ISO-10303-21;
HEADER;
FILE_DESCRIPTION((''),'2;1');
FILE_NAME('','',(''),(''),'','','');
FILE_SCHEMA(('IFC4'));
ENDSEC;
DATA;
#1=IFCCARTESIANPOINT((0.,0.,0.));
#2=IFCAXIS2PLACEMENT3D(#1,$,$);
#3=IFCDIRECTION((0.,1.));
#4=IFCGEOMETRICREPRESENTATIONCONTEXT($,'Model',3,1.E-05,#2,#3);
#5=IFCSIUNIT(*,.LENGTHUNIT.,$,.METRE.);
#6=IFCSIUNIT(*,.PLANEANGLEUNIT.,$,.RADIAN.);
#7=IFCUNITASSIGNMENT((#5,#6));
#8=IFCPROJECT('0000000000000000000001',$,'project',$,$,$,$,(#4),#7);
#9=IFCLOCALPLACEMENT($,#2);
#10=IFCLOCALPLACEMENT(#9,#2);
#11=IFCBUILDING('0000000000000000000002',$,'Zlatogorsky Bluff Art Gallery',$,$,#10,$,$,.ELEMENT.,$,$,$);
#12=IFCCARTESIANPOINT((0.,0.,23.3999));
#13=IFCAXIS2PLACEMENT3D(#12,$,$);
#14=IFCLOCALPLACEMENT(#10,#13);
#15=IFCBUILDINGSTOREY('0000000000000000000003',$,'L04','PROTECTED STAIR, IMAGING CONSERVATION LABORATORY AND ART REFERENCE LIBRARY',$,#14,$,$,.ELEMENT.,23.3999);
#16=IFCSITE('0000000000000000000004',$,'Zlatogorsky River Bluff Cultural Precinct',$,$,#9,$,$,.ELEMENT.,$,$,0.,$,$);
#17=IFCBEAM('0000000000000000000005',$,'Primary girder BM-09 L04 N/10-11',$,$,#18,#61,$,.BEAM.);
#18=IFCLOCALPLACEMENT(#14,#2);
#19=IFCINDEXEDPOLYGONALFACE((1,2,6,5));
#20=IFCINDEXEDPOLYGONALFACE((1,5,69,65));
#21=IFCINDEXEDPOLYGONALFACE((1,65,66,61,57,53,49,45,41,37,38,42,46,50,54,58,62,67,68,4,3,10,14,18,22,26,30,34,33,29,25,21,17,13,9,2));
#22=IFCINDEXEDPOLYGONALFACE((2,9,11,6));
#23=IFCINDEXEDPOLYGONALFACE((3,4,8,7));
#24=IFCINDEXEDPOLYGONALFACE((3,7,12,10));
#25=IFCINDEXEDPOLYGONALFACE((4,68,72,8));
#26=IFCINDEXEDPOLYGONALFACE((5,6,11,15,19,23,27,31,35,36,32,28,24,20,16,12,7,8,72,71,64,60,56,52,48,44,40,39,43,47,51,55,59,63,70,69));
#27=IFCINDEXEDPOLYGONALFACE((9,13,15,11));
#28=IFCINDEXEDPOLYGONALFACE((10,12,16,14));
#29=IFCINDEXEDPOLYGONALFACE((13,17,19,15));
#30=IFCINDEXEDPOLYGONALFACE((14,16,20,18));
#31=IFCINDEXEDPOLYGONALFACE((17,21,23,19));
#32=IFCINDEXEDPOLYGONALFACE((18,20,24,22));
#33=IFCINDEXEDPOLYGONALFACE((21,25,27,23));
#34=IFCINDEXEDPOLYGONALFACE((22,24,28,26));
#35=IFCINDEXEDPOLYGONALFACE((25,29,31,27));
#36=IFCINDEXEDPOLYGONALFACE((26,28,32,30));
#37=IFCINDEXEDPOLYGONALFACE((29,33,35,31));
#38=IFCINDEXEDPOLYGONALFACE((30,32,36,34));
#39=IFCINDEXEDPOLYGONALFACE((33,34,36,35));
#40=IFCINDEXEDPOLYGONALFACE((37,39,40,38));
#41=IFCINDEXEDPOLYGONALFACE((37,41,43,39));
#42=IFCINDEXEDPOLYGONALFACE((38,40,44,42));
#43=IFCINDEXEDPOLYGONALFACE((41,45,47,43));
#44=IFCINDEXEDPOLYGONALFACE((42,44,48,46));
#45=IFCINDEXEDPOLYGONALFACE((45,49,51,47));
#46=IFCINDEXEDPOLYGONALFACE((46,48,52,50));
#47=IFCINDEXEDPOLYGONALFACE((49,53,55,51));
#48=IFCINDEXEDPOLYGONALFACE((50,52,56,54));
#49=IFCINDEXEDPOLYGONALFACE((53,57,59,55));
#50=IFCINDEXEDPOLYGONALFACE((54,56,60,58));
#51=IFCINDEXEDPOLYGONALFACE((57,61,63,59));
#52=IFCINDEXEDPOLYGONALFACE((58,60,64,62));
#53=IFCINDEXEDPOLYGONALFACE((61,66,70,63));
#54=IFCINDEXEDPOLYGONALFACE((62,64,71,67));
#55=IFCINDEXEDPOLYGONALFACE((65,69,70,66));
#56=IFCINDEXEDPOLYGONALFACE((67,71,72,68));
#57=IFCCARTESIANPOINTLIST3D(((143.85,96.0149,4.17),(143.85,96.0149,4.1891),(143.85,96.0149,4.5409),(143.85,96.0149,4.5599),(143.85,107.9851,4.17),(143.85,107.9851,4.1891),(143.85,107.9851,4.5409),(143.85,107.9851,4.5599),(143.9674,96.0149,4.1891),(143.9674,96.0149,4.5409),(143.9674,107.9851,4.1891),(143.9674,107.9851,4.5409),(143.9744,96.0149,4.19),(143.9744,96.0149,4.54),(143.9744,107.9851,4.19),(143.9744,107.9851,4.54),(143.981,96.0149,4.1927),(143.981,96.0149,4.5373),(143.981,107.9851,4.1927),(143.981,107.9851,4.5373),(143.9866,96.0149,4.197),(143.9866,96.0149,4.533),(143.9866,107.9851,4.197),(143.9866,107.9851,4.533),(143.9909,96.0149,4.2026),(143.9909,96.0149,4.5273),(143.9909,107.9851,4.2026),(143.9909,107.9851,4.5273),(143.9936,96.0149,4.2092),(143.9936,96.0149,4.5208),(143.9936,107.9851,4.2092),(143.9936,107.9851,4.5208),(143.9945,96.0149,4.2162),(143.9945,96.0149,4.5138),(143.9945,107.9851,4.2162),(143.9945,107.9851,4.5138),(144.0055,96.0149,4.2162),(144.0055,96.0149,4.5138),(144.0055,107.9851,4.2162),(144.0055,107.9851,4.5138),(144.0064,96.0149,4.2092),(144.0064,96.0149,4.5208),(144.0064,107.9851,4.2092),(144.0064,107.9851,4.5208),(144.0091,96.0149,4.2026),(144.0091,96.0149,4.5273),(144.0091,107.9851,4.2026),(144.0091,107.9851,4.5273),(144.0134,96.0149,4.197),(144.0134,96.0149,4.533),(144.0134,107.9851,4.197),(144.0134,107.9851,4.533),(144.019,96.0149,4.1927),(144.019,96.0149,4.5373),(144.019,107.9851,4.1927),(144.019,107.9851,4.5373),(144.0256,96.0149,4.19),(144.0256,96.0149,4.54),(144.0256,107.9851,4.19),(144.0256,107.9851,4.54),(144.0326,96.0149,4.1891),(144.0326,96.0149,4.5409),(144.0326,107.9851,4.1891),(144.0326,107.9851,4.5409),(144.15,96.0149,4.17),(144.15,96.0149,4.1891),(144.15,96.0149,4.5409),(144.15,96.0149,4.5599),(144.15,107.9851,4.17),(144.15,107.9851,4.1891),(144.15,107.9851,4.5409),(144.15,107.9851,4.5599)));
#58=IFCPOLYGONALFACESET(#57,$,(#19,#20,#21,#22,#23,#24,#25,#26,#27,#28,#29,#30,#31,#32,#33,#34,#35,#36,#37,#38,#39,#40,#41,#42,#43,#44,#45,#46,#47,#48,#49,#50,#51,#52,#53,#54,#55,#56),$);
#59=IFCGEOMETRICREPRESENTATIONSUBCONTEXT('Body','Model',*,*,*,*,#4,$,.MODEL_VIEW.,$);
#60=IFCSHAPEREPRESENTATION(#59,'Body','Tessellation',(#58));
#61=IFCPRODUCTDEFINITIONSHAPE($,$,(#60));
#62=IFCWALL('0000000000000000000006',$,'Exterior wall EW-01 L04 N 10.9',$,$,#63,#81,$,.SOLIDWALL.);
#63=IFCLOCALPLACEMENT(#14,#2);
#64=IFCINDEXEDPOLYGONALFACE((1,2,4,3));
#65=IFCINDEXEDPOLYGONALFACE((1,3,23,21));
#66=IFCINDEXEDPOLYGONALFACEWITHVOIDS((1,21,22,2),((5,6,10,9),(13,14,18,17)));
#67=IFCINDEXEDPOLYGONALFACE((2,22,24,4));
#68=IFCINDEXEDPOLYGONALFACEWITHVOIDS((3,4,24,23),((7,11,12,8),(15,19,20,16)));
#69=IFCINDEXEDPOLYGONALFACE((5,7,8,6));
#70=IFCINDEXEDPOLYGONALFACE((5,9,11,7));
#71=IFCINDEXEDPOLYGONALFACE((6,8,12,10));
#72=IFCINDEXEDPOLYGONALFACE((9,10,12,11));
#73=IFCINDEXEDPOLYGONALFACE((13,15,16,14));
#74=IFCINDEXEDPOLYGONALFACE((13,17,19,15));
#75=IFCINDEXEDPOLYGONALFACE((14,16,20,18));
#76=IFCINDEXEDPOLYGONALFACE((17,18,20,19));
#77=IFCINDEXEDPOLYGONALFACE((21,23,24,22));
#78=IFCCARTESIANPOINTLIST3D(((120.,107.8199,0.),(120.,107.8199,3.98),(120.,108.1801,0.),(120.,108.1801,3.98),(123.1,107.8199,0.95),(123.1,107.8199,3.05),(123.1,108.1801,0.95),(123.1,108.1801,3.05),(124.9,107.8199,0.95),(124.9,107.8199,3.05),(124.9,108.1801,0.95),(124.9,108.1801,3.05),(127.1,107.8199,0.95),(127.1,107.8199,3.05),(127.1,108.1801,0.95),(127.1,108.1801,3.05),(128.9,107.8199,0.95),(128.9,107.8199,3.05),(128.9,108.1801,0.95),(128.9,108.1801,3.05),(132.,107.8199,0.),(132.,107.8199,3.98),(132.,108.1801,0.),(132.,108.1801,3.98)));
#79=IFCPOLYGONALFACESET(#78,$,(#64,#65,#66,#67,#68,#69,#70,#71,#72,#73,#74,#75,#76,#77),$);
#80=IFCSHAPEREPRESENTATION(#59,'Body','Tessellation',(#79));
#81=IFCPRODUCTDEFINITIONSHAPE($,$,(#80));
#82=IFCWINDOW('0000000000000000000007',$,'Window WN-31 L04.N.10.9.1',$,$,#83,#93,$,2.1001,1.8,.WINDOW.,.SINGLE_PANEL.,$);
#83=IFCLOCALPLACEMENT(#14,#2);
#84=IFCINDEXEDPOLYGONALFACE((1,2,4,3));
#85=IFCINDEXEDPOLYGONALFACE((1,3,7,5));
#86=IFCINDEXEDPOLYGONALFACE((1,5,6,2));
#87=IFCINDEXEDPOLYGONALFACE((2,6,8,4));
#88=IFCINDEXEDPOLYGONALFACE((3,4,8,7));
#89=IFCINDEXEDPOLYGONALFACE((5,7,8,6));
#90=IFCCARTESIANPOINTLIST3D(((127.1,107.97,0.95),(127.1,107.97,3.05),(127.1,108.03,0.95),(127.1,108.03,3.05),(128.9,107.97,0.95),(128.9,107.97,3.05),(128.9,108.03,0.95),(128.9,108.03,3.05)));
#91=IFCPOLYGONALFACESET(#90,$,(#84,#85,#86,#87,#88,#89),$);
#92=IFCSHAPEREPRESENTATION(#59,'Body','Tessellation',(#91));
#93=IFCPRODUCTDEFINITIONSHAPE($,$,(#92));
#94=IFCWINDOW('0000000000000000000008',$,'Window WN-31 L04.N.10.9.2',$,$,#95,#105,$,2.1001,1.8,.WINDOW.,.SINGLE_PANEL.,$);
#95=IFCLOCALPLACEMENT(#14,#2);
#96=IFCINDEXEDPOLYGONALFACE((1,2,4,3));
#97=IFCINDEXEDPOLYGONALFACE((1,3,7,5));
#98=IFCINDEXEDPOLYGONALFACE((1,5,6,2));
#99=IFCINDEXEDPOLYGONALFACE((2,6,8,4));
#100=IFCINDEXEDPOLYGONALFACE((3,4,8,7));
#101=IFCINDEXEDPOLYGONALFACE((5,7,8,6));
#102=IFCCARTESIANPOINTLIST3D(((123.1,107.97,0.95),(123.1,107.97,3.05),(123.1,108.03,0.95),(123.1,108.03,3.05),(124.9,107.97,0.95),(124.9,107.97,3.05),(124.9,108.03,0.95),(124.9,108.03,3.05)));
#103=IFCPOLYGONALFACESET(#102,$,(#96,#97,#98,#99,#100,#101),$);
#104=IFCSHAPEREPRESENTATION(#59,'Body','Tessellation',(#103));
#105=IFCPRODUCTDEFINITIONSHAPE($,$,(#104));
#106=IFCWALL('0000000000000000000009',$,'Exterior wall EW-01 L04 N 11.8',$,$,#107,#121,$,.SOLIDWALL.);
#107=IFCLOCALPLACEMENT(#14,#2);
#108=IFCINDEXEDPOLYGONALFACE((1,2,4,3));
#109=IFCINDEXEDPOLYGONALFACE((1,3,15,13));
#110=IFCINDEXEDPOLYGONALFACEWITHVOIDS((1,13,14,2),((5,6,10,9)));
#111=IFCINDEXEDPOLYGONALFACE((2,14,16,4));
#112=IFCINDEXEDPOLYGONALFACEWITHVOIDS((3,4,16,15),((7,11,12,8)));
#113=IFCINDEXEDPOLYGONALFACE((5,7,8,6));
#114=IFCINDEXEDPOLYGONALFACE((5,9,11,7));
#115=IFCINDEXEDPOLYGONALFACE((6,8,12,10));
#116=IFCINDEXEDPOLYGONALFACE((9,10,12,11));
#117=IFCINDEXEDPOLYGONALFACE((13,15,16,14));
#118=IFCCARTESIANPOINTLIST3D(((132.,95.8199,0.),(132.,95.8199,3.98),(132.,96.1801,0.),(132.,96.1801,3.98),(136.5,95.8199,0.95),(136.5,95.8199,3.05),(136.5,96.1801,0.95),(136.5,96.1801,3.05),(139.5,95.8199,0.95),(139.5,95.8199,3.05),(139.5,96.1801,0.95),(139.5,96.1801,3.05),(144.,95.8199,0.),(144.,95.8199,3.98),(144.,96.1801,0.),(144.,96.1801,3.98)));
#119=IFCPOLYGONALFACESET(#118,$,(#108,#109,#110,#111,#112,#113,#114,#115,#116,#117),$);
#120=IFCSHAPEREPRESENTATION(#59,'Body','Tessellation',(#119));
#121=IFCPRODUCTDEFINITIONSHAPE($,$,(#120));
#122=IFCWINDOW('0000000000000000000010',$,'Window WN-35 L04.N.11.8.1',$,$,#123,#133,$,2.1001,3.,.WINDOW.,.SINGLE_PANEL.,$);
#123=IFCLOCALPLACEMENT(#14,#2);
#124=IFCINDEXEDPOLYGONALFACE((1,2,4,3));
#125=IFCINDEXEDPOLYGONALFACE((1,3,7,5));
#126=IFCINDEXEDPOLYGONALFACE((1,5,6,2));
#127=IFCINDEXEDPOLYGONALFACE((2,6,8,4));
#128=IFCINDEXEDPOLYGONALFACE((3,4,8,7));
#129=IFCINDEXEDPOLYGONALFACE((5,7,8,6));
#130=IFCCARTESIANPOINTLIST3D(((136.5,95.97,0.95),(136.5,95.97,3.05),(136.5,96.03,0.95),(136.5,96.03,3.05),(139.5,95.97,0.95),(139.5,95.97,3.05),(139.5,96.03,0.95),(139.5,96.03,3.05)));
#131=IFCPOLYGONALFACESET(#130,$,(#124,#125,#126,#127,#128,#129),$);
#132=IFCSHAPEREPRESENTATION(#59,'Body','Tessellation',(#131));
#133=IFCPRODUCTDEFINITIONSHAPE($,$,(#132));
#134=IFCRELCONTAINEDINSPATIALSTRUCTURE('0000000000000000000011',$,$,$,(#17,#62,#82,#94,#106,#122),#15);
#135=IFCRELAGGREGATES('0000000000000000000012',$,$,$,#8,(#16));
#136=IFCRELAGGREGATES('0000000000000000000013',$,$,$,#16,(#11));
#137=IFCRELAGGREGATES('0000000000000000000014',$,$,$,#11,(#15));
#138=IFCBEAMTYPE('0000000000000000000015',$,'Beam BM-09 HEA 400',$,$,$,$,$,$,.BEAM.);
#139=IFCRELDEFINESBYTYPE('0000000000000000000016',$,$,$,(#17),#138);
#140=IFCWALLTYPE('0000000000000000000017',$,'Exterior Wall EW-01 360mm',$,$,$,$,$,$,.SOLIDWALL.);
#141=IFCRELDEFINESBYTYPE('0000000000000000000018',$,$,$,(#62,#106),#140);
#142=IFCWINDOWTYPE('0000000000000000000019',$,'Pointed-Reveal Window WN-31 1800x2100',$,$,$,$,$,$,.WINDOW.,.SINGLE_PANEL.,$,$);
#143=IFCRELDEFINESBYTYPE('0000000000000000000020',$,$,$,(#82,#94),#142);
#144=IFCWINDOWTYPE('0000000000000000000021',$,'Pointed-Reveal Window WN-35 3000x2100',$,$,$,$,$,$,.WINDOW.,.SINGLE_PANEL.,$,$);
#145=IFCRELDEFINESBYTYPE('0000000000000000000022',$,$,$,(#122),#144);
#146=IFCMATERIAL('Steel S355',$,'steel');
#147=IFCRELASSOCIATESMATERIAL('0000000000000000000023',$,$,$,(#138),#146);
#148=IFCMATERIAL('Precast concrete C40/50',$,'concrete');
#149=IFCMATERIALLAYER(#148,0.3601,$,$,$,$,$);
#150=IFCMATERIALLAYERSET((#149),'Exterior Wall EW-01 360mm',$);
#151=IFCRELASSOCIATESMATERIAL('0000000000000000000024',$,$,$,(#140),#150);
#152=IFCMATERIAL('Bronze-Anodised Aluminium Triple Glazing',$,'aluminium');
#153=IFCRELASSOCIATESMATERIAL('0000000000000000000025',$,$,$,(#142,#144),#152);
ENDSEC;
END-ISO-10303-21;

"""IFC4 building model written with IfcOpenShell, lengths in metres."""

from ifc_helpers import new_model, si_unit, direction, frame, frame_2d, origin, origin_2d, place, context, subcontext, project, spatial, rectangle, i_section, extrude, material, layer, layer_set, material_profile, profile_set, type_object, element, fill, save


model = new_model("IFC4")

# Units and contexts
model_context = context("Model", 3, precision=1e-05, world=origin(), true_north=direction((0.0, 1.0)))
body_context = subcontext(model_context, "Body", "Model", "MODEL_VIEW")
ifc_project = project(units=[si_unit("LENGTHUNIT", "METRE"), si_unit("PLANEANGLEUNIT", "RADIAN")], contexts=[model_context])

# Site, building, storey
site_placement = place(None, origin())
site = spatial("IfcSite", under=ifc_project, at=site_placement, Name="Zlatogorsky River Bluff Cultural Precinct", CompositionType="ELEMENT", RefElevation=0.0)
building_placement = place(site_placement, origin())
building = spatial("IfcBuilding", under=site, at=building_placement, Name="Zlatogorsky Bluff Art Gallery", CompositionType="ELEMENT")
storey_placement = place(building_placement, frame((0.0, 0.0, 23.3999)))
storey = spatial("IfcBuildingStorey", under=building, at=storey_placement, Name="L04", Description="PROTECTED STAIR, IMAGING CONSERVATION LABORATORY AND ART REFERENCE LIBRARY", CompositionType="ELEMENT", Elevation=23.3999)

# Shared definitions
ifc_material_1 = material(Name="Steel S355", Category="steel")

# Beam
ifc_material_profile_1 = material_profile(ifc_material_1, i_section(OverallWidth=0.3, OverallDepth=0.3899, WebThickness=0.011, FlangeThickness=0.019, FilletRadius=0.0271, at=origin_2d()), Name="HEA 400")
ifc_profile_set_1 = profile_set([ifc_material_profile_1], Name="Steel S355")
beam_type = type_object("IfcBeamType", Name="Beam BM-09 HEA 400", PredefinedType="BEAM", material=ifc_profile_set_1)
for number, where, z_axis, x_axis, name in (
    (1, (144.0, 96.0149, 4.365), (0.0, 1.0, 0.0), (-1.0, 0.0, 0.0), "Primary girder BM-09 L04 N/10-11"),
):
    element("IfcBeam", number, at=place(storey_placement, frame(where, z_axis=z_axis, x_axis=x_axis)), inside=storey, type_object=beam_type, Name=name, PredefinedType="BEAM", context=body_context, shape_type="SweptSolid", body=[
        extrude(i_section(OverallWidth=0.3, OverallDepth=0.3899, WebThickness=0.011, FlangeThickness=0.019, FilletRadius=0.0271, at=origin_2d()), origin(), (0.0, 0.0, 1.0), 11.9702),
    ])

# Wall, openings, windows
ifc_material_2 = material(Name="Precast concrete C40/50", Category="concrete")
ifc_layer_1 = layer(ifc_material_2, 0.3601)
ifc_layer_set_1 = layer_set([ifc_layer_1], Name="Exterior Wall EW-01 360mm")
wall_type_1 = type_object("IfcWallType", Name="Exterior Wall EW-01 360mm", PredefinedType="SOLIDWALL", material=ifc_layer_set_1)
wall_1_placement = place(storey_placement, frame((132.0, 108.0, 0.0), z_axis=(0.0, 0.0, 1.0), x_axis=(-1.0, 0.0, 0.0)))
wall_1 = element("IfcWall", 2, at=wall_1_placement, inside=storey, type_object=wall_type_1, Name="Exterior wall EW-01 L04 N 10.9", PredefinedType="SOLIDWALL", context=body_context, shape_type="SweptSolid", body=[
    extrude(rectangle(XDim=12.0, YDim=0.3601, at=frame_2d((6.0, 0.0))), origin(), (0.0, 0.0, 1.0), 3.98),
])
opening_1_placement = place(wall_1_placement, frame((3.1001, 0.0, 0.95)))
opening_1 = element("IfcOpeningElement", 3, at=opening_1_placement, cuts=wall_1, PredefinedType="OPENING", context=body_context, shape_type="SweptSolid", body=[
    extrude(rectangle(XDim=1.8, YDim=2.1001, at=frame_2d((0.8999, 1.05))), frame((0.0, 0.1899, 0.0), z_axis=(0.0, -1.0, 0.0), x_axis=(1.0, 0.0, 0.0)), (0.0, 0.0, 1.0), 0.3801),
])
opening_2_placement = place(wall_1_placement, frame((7.1001, 0.0, 0.95)))
opening_2 = element("IfcOpeningElement", 4, at=opening_2_placement, cuts=wall_1, PredefinedType="OPENING", context=body_context, shape_type="SweptSolid", body=[
    extrude(rectangle(XDim=1.8, YDim=2.1001, at=frame_2d((0.8999, 1.05))), frame((0.0, 0.1899, 0.0), z_axis=(0.0, -1.0, 0.0), x_axis=(1.0, 0.0, 0.0)), (0.0, 0.0, 1.0), 0.3801),
])
ifc_material_3 = material(Name="Bronze-Anodised Aluminium Triple Glazing", Category="aluminium")
window_type_1 = type_object("IfcWindowType", Name="Pointed-Reveal Window WN-31 1800x2100", PartitioningType="SINGLE_PANEL", PredefinedType="WINDOW", material=ifc_material_3)
window_1_placement = place(opening_1_placement, origin())
window_1 = element("IfcWindow", 5, at=window_1_placement, inside=storey, type_object=window_type_1, Name="Window WN-31 L04.N.10.9.1", OverallHeight=2.1001, OverallWidth=1.8, PartitioningType="SINGLE_PANEL", PredefinedType="WINDOW", context=body_context, shape_type="SweptSolid", body=[
    extrude(rectangle(XDim=1.8, YDim=2.1001, at=frame_2d((0.8999, 1.05))), frame((0.0, 0.03, 0.0), z_axis=(0.0, -1.0, 0.0), x_axis=(1.0, 0.0, 0.0)), (0.0, 0.0, 1.0), 0.0601),
])
fill(opening_1, window_1)
window_2_placement = place(opening_2_placement, origin())
window_2 = element("IfcWindow", 6, at=window_2_placement, inside=storey, type_object=window_type_1, Name="Window WN-31 L04.N.10.9.2", OverallHeight=2.1001, OverallWidth=1.8, PartitioningType="SINGLE_PANEL", PredefinedType="WINDOW", context=body_context, shape_type="SweptSolid", body=[
    extrude(rectangle(XDim=1.8, YDim=2.1001, at=frame_2d((0.8999, 1.05))), frame((0.0, 0.03, 0.0), z_axis=(0.0, -1.0, 0.0), x_axis=(1.0, 0.0, 0.0)), (0.0, 0.0, 1.0), 0.0601),
])
fill(opening_2, window_2)

# Wall, opening, window
wall_2_placement = place(storey_placement, frame((144.0, 96.0, 0.0), z_axis=(0.0, 0.0, 1.0), x_axis=(-1.0, 0.0, 0.0)))
wall_2 = element("IfcWall", 7, at=wall_2_placement, inside=storey, type_object=wall_type_1, Name="Exterior wall EW-01 L04 N 11.8", PredefinedType="SOLIDWALL", context=body_context, shape_type="SweptSolid", body=[
    extrude(rectangle(XDim=12.0, YDim=0.3601, at=frame_2d((6.0, 0.0))), origin(), (0.0, 0.0, 1.0), 3.98),
])
opening_3_placement = place(wall_2_placement, frame((4.5, 0.0, 0.95)))
opening_3 = element("IfcOpeningElement", 8, at=opening_3_placement, cuts=wall_2, PredefinedType="OPENING", context=body_context, shape_type="SweptSolid", body=[
    extrude(rectangle(XDim=3.0, YDim=2.1001, at=frame_2d((1.5, 1.05))), frame((0.0, 0.1899, 0.0), z_axis=(0.0, -1.0, 0.0), x_axis=(1.0, 0.0, 0.0)), (0.0, 0.0, 1.0), 0.3801),
])
window_type_2 = type_object("IfcWindowType", Name="Pointed-Reveal Window WN-35 3000x2100", PartitioningType="SINGLE_PANEL", PredefinedType="WINDOW", material=ifc_material_3)
window_3_placement = place(opening_3_placement, origin())
window_3 = element("IfcWindow", 9, at=window_3_placement, inside=storey, type_object=window_type_2, Name="Window WN-35 L04.N.11.8.1", OverallHeight=2.1001, OverallWidth=3.0, PartitioningType="SINGLE_PANEL", PredefinedType="WINDOW", context=body_context, shape_type="SweptSolid", body=[
    extrude(rectangle(XDim=3.0, YDim=2.1001, at=frame_2d((1.5, 1.05))), frame((0.0, 0.03, 0.0), z_axis=(0.0, -1.0, 0.0), x_axis=(1.0, 0.0, 0.0)), (0.0, 0.0, 1.0), 0.0601),
])
fill(opening_3, window_3)

save(model, "model.ifc")
